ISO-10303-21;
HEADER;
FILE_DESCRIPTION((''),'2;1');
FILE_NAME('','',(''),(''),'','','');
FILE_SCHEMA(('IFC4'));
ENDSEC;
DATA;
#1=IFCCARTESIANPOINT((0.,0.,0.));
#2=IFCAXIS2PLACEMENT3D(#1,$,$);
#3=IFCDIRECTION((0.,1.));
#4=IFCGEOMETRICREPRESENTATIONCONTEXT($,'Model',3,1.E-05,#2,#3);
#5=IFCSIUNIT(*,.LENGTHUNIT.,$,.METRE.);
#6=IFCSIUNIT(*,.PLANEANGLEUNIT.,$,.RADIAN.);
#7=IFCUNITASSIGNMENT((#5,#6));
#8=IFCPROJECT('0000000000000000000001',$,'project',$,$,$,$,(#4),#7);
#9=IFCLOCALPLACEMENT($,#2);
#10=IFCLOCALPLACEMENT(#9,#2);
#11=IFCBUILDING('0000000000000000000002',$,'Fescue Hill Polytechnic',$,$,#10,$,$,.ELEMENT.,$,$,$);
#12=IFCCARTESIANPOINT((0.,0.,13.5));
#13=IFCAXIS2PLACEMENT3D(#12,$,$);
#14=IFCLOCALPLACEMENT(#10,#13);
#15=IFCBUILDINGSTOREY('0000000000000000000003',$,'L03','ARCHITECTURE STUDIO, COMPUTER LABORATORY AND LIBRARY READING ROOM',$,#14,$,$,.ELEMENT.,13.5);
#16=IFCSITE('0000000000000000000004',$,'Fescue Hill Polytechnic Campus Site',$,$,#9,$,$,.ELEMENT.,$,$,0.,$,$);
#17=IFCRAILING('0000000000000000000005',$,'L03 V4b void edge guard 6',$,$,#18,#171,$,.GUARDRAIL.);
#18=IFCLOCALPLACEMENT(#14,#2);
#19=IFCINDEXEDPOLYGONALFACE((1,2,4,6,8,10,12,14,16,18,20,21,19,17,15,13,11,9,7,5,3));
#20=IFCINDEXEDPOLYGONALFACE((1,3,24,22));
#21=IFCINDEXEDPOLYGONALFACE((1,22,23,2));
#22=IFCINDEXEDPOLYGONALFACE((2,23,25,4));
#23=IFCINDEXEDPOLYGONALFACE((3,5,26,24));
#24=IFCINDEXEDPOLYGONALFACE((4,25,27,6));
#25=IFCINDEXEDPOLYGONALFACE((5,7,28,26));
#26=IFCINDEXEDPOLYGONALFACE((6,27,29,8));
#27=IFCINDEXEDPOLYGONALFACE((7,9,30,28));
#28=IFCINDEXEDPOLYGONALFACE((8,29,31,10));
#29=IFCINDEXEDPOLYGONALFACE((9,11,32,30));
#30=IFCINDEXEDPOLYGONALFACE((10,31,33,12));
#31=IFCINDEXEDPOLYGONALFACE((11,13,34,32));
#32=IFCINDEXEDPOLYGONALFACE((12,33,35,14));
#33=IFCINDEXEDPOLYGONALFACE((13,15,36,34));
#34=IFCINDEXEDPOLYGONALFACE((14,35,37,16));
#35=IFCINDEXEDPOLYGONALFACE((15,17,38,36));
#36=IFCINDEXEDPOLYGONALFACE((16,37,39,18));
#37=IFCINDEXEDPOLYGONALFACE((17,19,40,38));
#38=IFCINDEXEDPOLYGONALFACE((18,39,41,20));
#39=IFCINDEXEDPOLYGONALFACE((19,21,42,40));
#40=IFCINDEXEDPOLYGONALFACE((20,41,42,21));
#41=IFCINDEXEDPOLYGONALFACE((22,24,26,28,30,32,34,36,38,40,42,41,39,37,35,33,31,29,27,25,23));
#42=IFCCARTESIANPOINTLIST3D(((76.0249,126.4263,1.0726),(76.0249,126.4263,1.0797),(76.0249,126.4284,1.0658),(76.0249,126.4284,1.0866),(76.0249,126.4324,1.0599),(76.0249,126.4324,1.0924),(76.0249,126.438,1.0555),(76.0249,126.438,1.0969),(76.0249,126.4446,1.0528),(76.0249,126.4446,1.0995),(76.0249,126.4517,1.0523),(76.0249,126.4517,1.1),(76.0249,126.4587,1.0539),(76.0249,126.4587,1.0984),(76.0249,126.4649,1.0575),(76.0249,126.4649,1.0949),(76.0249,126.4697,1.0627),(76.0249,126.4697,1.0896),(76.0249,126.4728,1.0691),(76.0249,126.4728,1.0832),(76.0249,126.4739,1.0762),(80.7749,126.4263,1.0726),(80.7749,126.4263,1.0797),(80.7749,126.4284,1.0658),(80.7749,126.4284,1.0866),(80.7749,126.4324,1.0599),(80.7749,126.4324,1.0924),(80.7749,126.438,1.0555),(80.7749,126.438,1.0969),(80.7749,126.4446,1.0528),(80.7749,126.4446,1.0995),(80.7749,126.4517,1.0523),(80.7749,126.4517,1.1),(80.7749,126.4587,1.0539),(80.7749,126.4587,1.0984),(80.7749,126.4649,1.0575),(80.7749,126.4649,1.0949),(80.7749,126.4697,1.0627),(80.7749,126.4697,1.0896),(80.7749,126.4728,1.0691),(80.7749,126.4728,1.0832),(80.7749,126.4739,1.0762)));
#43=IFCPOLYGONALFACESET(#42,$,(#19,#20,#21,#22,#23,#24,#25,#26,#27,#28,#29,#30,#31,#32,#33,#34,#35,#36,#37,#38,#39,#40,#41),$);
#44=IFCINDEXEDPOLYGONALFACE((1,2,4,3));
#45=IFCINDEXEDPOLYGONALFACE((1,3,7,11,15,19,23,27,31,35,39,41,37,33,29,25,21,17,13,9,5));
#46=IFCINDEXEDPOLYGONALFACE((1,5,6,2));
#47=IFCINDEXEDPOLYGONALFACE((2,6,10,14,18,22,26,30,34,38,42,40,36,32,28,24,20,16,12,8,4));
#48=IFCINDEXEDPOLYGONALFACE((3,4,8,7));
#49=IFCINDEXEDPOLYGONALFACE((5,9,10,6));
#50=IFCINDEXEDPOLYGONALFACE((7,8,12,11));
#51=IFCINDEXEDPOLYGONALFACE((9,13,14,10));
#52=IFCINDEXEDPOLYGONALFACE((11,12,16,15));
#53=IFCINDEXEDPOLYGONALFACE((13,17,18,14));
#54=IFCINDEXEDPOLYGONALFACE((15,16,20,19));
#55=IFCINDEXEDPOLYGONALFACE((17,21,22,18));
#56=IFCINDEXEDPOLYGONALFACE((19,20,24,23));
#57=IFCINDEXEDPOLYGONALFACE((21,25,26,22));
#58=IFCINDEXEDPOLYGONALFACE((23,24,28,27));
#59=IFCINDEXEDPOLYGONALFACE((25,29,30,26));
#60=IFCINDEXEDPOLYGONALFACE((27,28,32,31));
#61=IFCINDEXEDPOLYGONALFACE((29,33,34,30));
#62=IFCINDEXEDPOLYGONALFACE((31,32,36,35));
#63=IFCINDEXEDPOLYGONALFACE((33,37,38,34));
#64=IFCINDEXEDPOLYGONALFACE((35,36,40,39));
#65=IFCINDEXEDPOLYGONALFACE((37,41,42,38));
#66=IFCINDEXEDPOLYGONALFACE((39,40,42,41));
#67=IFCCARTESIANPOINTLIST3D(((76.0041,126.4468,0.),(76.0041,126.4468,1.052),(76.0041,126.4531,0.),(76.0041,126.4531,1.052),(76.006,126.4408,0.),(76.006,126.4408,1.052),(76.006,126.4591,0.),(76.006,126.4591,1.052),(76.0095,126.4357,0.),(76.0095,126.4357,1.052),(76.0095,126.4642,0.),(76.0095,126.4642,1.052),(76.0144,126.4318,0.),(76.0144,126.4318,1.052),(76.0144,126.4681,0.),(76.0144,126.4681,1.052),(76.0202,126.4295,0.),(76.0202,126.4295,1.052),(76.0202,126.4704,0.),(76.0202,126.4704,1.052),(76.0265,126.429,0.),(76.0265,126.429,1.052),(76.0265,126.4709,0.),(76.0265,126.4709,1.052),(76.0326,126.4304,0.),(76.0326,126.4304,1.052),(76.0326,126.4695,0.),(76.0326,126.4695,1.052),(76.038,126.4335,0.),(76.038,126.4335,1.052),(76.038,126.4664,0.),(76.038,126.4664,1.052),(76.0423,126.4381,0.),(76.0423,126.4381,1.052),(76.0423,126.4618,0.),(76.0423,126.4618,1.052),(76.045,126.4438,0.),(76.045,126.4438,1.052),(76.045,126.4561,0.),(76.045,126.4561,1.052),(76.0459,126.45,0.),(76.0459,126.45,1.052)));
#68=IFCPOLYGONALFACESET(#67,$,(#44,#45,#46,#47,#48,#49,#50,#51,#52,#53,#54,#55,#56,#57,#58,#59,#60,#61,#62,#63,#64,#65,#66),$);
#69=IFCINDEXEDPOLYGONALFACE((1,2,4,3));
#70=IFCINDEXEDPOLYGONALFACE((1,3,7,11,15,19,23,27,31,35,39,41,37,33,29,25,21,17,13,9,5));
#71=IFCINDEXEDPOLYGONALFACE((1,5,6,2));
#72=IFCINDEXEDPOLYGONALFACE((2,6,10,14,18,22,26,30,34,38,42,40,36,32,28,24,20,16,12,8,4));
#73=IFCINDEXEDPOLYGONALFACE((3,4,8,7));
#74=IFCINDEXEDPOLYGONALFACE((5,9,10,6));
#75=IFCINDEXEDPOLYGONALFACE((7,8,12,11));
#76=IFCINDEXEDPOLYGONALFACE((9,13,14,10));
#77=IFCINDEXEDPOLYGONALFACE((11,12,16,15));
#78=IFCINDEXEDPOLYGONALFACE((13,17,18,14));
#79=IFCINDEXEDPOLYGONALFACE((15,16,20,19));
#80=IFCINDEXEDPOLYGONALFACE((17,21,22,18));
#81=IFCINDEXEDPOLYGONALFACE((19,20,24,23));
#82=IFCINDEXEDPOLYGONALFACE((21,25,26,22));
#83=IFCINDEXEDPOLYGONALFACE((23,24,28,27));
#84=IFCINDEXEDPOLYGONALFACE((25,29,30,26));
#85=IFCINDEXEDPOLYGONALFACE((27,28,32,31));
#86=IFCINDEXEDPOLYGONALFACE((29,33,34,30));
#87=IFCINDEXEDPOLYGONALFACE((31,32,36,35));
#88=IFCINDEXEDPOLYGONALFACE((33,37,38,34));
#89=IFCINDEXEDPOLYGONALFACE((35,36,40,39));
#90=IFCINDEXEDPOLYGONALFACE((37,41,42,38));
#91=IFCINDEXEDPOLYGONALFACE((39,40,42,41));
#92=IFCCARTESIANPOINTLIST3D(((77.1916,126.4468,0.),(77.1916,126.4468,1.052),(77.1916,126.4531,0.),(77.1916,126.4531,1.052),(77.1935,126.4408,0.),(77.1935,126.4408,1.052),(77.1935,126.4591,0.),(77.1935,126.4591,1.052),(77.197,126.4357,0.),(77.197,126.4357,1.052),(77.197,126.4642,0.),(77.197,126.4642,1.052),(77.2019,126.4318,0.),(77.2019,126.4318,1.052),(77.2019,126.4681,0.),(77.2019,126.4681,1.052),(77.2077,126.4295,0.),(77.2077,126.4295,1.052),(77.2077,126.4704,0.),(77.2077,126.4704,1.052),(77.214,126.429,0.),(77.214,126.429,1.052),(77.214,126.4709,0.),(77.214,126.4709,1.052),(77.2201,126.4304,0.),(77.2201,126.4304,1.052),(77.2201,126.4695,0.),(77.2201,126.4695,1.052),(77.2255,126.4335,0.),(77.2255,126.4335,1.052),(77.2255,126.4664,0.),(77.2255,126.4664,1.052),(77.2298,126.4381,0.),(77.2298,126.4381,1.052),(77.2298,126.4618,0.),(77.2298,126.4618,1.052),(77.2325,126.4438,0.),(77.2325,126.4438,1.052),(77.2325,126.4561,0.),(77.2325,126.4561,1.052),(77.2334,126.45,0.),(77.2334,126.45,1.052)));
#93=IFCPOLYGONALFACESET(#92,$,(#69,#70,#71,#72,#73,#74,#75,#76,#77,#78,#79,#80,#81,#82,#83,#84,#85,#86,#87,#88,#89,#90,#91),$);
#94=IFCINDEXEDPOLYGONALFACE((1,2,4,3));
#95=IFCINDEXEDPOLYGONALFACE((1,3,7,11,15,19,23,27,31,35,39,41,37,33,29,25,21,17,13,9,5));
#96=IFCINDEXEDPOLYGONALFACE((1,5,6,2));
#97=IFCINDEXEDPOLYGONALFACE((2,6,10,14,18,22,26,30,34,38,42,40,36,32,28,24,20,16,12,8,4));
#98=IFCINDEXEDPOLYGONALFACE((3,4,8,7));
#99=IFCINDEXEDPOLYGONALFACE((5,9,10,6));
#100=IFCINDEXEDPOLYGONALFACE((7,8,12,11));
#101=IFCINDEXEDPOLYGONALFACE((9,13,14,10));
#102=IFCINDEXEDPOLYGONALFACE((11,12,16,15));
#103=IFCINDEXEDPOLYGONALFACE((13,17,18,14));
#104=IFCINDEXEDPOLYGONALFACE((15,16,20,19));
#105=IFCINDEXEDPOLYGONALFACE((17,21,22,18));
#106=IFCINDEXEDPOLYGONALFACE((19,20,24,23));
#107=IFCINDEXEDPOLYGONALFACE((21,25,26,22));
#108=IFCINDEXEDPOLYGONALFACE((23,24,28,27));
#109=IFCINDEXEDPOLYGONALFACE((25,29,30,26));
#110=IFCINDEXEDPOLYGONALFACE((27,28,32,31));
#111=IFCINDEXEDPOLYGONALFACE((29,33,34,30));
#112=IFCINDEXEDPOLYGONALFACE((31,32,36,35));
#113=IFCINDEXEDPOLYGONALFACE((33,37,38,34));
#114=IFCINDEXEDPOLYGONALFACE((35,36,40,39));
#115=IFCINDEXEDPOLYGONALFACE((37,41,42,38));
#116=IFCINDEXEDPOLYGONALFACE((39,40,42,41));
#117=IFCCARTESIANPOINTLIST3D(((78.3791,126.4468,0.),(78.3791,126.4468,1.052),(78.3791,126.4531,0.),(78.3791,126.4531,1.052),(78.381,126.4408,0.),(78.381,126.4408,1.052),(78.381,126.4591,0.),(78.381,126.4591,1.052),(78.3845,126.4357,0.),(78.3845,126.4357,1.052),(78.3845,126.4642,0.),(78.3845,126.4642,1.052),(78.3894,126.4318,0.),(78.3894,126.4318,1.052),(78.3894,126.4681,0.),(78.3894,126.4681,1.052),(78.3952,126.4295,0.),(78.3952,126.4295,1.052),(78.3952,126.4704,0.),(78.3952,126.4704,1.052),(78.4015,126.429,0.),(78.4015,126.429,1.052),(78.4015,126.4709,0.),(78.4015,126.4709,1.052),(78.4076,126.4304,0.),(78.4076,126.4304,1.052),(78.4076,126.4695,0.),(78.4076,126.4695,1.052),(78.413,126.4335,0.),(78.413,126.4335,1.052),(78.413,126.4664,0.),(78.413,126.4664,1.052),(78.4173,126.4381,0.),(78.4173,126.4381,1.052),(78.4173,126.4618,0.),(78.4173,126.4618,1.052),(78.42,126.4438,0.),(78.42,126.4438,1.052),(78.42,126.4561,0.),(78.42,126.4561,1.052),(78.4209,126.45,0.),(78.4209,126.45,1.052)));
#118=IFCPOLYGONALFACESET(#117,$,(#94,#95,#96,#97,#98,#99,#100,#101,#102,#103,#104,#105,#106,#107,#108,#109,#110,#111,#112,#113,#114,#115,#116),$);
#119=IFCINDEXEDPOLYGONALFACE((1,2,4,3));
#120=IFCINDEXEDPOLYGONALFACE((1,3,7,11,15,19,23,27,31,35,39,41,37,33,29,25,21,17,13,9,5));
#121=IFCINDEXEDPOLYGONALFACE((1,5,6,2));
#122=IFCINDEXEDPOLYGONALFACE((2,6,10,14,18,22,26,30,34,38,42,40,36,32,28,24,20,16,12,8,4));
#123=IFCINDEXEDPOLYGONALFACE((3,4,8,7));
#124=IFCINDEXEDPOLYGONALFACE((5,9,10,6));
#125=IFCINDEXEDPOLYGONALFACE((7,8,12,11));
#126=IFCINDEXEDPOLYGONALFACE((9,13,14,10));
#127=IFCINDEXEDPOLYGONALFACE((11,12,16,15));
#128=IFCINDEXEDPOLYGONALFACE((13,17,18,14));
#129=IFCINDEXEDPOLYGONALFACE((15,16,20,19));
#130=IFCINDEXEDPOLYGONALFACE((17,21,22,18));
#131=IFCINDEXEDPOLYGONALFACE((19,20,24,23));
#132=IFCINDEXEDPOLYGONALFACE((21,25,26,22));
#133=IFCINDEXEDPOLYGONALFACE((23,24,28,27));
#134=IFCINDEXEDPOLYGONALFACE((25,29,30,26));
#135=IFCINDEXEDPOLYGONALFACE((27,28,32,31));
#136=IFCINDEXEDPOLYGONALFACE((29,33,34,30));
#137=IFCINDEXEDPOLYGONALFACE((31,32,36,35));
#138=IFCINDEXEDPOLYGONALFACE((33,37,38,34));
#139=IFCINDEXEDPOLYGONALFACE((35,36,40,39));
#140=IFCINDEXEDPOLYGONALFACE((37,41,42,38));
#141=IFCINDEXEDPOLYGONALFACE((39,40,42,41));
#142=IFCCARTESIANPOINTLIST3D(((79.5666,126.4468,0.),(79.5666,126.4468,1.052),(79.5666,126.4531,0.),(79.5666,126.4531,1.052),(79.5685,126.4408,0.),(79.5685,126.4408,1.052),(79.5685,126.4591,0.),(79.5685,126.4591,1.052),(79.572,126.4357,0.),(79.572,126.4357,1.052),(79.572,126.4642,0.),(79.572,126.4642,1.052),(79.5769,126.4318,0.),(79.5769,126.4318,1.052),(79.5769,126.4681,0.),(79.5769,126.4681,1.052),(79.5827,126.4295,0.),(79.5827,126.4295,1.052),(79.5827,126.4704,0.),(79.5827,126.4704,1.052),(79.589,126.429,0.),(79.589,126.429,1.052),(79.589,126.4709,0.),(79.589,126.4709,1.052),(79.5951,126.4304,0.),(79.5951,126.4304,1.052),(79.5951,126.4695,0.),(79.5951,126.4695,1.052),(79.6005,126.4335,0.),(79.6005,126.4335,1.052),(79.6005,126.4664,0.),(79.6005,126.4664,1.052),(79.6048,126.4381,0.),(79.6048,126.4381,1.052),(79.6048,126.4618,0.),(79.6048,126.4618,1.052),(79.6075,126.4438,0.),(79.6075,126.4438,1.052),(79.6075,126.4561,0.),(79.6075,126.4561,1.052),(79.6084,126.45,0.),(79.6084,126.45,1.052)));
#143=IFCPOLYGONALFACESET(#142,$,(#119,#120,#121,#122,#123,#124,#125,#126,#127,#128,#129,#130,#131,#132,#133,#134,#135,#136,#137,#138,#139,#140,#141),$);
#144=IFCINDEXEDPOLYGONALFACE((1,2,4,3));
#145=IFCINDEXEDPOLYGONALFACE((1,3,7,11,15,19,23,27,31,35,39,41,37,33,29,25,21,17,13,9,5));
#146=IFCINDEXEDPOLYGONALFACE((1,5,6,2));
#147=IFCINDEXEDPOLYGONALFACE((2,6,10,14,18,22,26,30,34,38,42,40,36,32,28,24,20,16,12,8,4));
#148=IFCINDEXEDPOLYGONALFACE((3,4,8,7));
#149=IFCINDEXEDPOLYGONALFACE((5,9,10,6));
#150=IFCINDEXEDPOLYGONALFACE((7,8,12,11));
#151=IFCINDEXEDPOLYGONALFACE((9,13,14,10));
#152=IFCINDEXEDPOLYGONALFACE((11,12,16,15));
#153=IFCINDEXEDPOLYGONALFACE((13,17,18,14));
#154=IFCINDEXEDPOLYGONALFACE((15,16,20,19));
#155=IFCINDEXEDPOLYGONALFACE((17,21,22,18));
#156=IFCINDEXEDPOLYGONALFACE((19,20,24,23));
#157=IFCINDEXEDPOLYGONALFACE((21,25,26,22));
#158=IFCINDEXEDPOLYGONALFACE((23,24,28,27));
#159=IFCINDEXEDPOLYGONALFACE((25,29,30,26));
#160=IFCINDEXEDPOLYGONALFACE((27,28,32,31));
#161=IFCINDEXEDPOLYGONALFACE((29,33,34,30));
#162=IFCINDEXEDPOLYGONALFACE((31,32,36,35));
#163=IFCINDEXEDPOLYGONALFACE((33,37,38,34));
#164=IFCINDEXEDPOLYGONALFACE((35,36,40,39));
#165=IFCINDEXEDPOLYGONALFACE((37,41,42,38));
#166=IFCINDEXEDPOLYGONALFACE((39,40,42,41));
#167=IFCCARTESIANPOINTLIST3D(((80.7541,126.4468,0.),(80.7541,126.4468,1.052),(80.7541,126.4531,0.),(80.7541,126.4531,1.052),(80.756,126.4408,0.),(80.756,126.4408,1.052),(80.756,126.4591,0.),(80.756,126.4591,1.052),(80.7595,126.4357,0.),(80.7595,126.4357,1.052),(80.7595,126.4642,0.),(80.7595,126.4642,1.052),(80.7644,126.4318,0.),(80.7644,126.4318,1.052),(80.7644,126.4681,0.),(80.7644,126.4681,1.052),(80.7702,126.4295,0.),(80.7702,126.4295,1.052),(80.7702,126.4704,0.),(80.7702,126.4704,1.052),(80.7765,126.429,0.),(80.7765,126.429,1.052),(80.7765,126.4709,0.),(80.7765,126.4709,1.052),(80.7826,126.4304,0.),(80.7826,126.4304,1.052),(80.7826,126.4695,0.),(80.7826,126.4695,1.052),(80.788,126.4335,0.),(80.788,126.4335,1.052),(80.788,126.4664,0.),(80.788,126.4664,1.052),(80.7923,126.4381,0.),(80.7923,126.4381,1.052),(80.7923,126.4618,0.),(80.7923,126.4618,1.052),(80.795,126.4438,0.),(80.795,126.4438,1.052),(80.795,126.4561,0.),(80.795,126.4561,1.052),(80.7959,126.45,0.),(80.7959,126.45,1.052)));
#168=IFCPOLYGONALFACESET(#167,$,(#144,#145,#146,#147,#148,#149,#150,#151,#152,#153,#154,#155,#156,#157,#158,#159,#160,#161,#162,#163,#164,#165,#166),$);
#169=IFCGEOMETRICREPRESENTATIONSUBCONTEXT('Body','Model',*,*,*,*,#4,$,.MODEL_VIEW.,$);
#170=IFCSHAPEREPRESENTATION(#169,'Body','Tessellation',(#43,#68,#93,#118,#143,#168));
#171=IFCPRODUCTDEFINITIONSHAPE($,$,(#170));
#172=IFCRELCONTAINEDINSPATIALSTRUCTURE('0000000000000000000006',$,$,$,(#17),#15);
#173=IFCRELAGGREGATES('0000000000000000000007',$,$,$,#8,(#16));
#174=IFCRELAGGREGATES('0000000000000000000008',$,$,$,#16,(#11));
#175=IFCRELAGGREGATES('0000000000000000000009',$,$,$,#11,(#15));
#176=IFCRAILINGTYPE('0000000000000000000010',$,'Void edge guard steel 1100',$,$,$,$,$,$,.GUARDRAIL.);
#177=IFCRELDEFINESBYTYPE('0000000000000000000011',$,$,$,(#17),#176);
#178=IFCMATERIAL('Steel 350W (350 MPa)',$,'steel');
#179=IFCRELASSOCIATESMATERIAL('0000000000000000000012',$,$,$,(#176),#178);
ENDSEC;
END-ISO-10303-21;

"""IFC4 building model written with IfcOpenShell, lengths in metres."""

from ifc_helpers import new_model, si_unit, direction, frame, origin, origin_2d, place, context, subcontext, project, spatial, circle, extrude, material, type_object, element, save


model = new_model("IFC4")

# Units and contexts
model_context = context("Model", 3, precision=1e-05, world=origin(), true_north=direction((0.0, 1.0)))
body_context = subcontext(model_context, "Body", "Model", "MODEL_VIEW")
ifc_project = project(units=[si_unit("LENGTHUNIT", "METRE"), si_unit("PLANEANGLEUNIT", "RADIAN")], contexts=[model_context])

# Site, building, storey
site_placement = place(None, origin())
site = spatial("IfcSite", under=ifc_project, at=site_placement, Name="Fescue Hill Polytechnic Campus Site", CompositionType="ELEMENT", RefElevation=0.0)
building_placement = place(site_placement, origin())
building = spatial("IfcBuilding", under=site, at=building_placement, Name="Fescue Hill Polytechnic", CompositionType="ELEMENT")
storey_placement = place(building_placement, frame((0.0, 0.0, 13.5)))
storey = spatial("IfcBuildingStorey", under=building, at=storey_placement, Name="L03", Description="ARCHITECTURE STUDIO, COMPUTER LABORATORY AND LIBRARY READING ROOM", CompositionType="ELEMENT", Elevation=13.5)

# Railing
ifc_material_1 = material(Name="Steel 350W (350 MPa)", Category="steel")
railing_type_1 = type_object("IfcRailingType", Name="Void edge guard steel 1100", PredefinedType="GUARDRAIL", material=ifc_material_1)
railing_1_placement = place(storey_placement, frame((76.0249, 126.45, 0.0)))
element("IfcRailing", 1, at=railing_1_placement, inside=storey, type_object=railing_type_1, Name="L03 V4b void edge guard 6", PredefinedType="GUARDRAIL", context=body_context, shape_type="SweptSolid", body=[
    extrude(circle(Radius=0.0239, at=origin_2d()), frame((0.0, 0.0, 1.0762), z_axis=(1.0, 0.0, 0.0), x_axis=(0.0, 1.0, 0.0)), (0.0, 0.0, 1.0), 4.75),
    extrude(circle(Radius=0.021, at=origin_2d()), origin(), (0.0, 0.0, 1.0), 1.052),
    extrude(circle(Radius=0.021, at=origin_2d()), frame((1.1875, 0.0, 0.0)), (0.0, 0.0, 1.0), 1.052),
    extrude(circle(Radius=0.021, at=origin_2d()), frame((2.375, 0.0, 0.0)), (0.0, 0.0, 1.0), 1.052),
    extrude(circle(Radius=0.021, at=origin_2d()), frame((3.5625, 0.0, 0.0)), (0.0, 0.0, 1.0), 1.052),
    extrude(circle(Radius=0.021, at=origin_2d()), frame((4.75, 0.0, 0.0)), (0.0, 0.0, 1.0), 1.052),
])

save(model, "model.ifc")
